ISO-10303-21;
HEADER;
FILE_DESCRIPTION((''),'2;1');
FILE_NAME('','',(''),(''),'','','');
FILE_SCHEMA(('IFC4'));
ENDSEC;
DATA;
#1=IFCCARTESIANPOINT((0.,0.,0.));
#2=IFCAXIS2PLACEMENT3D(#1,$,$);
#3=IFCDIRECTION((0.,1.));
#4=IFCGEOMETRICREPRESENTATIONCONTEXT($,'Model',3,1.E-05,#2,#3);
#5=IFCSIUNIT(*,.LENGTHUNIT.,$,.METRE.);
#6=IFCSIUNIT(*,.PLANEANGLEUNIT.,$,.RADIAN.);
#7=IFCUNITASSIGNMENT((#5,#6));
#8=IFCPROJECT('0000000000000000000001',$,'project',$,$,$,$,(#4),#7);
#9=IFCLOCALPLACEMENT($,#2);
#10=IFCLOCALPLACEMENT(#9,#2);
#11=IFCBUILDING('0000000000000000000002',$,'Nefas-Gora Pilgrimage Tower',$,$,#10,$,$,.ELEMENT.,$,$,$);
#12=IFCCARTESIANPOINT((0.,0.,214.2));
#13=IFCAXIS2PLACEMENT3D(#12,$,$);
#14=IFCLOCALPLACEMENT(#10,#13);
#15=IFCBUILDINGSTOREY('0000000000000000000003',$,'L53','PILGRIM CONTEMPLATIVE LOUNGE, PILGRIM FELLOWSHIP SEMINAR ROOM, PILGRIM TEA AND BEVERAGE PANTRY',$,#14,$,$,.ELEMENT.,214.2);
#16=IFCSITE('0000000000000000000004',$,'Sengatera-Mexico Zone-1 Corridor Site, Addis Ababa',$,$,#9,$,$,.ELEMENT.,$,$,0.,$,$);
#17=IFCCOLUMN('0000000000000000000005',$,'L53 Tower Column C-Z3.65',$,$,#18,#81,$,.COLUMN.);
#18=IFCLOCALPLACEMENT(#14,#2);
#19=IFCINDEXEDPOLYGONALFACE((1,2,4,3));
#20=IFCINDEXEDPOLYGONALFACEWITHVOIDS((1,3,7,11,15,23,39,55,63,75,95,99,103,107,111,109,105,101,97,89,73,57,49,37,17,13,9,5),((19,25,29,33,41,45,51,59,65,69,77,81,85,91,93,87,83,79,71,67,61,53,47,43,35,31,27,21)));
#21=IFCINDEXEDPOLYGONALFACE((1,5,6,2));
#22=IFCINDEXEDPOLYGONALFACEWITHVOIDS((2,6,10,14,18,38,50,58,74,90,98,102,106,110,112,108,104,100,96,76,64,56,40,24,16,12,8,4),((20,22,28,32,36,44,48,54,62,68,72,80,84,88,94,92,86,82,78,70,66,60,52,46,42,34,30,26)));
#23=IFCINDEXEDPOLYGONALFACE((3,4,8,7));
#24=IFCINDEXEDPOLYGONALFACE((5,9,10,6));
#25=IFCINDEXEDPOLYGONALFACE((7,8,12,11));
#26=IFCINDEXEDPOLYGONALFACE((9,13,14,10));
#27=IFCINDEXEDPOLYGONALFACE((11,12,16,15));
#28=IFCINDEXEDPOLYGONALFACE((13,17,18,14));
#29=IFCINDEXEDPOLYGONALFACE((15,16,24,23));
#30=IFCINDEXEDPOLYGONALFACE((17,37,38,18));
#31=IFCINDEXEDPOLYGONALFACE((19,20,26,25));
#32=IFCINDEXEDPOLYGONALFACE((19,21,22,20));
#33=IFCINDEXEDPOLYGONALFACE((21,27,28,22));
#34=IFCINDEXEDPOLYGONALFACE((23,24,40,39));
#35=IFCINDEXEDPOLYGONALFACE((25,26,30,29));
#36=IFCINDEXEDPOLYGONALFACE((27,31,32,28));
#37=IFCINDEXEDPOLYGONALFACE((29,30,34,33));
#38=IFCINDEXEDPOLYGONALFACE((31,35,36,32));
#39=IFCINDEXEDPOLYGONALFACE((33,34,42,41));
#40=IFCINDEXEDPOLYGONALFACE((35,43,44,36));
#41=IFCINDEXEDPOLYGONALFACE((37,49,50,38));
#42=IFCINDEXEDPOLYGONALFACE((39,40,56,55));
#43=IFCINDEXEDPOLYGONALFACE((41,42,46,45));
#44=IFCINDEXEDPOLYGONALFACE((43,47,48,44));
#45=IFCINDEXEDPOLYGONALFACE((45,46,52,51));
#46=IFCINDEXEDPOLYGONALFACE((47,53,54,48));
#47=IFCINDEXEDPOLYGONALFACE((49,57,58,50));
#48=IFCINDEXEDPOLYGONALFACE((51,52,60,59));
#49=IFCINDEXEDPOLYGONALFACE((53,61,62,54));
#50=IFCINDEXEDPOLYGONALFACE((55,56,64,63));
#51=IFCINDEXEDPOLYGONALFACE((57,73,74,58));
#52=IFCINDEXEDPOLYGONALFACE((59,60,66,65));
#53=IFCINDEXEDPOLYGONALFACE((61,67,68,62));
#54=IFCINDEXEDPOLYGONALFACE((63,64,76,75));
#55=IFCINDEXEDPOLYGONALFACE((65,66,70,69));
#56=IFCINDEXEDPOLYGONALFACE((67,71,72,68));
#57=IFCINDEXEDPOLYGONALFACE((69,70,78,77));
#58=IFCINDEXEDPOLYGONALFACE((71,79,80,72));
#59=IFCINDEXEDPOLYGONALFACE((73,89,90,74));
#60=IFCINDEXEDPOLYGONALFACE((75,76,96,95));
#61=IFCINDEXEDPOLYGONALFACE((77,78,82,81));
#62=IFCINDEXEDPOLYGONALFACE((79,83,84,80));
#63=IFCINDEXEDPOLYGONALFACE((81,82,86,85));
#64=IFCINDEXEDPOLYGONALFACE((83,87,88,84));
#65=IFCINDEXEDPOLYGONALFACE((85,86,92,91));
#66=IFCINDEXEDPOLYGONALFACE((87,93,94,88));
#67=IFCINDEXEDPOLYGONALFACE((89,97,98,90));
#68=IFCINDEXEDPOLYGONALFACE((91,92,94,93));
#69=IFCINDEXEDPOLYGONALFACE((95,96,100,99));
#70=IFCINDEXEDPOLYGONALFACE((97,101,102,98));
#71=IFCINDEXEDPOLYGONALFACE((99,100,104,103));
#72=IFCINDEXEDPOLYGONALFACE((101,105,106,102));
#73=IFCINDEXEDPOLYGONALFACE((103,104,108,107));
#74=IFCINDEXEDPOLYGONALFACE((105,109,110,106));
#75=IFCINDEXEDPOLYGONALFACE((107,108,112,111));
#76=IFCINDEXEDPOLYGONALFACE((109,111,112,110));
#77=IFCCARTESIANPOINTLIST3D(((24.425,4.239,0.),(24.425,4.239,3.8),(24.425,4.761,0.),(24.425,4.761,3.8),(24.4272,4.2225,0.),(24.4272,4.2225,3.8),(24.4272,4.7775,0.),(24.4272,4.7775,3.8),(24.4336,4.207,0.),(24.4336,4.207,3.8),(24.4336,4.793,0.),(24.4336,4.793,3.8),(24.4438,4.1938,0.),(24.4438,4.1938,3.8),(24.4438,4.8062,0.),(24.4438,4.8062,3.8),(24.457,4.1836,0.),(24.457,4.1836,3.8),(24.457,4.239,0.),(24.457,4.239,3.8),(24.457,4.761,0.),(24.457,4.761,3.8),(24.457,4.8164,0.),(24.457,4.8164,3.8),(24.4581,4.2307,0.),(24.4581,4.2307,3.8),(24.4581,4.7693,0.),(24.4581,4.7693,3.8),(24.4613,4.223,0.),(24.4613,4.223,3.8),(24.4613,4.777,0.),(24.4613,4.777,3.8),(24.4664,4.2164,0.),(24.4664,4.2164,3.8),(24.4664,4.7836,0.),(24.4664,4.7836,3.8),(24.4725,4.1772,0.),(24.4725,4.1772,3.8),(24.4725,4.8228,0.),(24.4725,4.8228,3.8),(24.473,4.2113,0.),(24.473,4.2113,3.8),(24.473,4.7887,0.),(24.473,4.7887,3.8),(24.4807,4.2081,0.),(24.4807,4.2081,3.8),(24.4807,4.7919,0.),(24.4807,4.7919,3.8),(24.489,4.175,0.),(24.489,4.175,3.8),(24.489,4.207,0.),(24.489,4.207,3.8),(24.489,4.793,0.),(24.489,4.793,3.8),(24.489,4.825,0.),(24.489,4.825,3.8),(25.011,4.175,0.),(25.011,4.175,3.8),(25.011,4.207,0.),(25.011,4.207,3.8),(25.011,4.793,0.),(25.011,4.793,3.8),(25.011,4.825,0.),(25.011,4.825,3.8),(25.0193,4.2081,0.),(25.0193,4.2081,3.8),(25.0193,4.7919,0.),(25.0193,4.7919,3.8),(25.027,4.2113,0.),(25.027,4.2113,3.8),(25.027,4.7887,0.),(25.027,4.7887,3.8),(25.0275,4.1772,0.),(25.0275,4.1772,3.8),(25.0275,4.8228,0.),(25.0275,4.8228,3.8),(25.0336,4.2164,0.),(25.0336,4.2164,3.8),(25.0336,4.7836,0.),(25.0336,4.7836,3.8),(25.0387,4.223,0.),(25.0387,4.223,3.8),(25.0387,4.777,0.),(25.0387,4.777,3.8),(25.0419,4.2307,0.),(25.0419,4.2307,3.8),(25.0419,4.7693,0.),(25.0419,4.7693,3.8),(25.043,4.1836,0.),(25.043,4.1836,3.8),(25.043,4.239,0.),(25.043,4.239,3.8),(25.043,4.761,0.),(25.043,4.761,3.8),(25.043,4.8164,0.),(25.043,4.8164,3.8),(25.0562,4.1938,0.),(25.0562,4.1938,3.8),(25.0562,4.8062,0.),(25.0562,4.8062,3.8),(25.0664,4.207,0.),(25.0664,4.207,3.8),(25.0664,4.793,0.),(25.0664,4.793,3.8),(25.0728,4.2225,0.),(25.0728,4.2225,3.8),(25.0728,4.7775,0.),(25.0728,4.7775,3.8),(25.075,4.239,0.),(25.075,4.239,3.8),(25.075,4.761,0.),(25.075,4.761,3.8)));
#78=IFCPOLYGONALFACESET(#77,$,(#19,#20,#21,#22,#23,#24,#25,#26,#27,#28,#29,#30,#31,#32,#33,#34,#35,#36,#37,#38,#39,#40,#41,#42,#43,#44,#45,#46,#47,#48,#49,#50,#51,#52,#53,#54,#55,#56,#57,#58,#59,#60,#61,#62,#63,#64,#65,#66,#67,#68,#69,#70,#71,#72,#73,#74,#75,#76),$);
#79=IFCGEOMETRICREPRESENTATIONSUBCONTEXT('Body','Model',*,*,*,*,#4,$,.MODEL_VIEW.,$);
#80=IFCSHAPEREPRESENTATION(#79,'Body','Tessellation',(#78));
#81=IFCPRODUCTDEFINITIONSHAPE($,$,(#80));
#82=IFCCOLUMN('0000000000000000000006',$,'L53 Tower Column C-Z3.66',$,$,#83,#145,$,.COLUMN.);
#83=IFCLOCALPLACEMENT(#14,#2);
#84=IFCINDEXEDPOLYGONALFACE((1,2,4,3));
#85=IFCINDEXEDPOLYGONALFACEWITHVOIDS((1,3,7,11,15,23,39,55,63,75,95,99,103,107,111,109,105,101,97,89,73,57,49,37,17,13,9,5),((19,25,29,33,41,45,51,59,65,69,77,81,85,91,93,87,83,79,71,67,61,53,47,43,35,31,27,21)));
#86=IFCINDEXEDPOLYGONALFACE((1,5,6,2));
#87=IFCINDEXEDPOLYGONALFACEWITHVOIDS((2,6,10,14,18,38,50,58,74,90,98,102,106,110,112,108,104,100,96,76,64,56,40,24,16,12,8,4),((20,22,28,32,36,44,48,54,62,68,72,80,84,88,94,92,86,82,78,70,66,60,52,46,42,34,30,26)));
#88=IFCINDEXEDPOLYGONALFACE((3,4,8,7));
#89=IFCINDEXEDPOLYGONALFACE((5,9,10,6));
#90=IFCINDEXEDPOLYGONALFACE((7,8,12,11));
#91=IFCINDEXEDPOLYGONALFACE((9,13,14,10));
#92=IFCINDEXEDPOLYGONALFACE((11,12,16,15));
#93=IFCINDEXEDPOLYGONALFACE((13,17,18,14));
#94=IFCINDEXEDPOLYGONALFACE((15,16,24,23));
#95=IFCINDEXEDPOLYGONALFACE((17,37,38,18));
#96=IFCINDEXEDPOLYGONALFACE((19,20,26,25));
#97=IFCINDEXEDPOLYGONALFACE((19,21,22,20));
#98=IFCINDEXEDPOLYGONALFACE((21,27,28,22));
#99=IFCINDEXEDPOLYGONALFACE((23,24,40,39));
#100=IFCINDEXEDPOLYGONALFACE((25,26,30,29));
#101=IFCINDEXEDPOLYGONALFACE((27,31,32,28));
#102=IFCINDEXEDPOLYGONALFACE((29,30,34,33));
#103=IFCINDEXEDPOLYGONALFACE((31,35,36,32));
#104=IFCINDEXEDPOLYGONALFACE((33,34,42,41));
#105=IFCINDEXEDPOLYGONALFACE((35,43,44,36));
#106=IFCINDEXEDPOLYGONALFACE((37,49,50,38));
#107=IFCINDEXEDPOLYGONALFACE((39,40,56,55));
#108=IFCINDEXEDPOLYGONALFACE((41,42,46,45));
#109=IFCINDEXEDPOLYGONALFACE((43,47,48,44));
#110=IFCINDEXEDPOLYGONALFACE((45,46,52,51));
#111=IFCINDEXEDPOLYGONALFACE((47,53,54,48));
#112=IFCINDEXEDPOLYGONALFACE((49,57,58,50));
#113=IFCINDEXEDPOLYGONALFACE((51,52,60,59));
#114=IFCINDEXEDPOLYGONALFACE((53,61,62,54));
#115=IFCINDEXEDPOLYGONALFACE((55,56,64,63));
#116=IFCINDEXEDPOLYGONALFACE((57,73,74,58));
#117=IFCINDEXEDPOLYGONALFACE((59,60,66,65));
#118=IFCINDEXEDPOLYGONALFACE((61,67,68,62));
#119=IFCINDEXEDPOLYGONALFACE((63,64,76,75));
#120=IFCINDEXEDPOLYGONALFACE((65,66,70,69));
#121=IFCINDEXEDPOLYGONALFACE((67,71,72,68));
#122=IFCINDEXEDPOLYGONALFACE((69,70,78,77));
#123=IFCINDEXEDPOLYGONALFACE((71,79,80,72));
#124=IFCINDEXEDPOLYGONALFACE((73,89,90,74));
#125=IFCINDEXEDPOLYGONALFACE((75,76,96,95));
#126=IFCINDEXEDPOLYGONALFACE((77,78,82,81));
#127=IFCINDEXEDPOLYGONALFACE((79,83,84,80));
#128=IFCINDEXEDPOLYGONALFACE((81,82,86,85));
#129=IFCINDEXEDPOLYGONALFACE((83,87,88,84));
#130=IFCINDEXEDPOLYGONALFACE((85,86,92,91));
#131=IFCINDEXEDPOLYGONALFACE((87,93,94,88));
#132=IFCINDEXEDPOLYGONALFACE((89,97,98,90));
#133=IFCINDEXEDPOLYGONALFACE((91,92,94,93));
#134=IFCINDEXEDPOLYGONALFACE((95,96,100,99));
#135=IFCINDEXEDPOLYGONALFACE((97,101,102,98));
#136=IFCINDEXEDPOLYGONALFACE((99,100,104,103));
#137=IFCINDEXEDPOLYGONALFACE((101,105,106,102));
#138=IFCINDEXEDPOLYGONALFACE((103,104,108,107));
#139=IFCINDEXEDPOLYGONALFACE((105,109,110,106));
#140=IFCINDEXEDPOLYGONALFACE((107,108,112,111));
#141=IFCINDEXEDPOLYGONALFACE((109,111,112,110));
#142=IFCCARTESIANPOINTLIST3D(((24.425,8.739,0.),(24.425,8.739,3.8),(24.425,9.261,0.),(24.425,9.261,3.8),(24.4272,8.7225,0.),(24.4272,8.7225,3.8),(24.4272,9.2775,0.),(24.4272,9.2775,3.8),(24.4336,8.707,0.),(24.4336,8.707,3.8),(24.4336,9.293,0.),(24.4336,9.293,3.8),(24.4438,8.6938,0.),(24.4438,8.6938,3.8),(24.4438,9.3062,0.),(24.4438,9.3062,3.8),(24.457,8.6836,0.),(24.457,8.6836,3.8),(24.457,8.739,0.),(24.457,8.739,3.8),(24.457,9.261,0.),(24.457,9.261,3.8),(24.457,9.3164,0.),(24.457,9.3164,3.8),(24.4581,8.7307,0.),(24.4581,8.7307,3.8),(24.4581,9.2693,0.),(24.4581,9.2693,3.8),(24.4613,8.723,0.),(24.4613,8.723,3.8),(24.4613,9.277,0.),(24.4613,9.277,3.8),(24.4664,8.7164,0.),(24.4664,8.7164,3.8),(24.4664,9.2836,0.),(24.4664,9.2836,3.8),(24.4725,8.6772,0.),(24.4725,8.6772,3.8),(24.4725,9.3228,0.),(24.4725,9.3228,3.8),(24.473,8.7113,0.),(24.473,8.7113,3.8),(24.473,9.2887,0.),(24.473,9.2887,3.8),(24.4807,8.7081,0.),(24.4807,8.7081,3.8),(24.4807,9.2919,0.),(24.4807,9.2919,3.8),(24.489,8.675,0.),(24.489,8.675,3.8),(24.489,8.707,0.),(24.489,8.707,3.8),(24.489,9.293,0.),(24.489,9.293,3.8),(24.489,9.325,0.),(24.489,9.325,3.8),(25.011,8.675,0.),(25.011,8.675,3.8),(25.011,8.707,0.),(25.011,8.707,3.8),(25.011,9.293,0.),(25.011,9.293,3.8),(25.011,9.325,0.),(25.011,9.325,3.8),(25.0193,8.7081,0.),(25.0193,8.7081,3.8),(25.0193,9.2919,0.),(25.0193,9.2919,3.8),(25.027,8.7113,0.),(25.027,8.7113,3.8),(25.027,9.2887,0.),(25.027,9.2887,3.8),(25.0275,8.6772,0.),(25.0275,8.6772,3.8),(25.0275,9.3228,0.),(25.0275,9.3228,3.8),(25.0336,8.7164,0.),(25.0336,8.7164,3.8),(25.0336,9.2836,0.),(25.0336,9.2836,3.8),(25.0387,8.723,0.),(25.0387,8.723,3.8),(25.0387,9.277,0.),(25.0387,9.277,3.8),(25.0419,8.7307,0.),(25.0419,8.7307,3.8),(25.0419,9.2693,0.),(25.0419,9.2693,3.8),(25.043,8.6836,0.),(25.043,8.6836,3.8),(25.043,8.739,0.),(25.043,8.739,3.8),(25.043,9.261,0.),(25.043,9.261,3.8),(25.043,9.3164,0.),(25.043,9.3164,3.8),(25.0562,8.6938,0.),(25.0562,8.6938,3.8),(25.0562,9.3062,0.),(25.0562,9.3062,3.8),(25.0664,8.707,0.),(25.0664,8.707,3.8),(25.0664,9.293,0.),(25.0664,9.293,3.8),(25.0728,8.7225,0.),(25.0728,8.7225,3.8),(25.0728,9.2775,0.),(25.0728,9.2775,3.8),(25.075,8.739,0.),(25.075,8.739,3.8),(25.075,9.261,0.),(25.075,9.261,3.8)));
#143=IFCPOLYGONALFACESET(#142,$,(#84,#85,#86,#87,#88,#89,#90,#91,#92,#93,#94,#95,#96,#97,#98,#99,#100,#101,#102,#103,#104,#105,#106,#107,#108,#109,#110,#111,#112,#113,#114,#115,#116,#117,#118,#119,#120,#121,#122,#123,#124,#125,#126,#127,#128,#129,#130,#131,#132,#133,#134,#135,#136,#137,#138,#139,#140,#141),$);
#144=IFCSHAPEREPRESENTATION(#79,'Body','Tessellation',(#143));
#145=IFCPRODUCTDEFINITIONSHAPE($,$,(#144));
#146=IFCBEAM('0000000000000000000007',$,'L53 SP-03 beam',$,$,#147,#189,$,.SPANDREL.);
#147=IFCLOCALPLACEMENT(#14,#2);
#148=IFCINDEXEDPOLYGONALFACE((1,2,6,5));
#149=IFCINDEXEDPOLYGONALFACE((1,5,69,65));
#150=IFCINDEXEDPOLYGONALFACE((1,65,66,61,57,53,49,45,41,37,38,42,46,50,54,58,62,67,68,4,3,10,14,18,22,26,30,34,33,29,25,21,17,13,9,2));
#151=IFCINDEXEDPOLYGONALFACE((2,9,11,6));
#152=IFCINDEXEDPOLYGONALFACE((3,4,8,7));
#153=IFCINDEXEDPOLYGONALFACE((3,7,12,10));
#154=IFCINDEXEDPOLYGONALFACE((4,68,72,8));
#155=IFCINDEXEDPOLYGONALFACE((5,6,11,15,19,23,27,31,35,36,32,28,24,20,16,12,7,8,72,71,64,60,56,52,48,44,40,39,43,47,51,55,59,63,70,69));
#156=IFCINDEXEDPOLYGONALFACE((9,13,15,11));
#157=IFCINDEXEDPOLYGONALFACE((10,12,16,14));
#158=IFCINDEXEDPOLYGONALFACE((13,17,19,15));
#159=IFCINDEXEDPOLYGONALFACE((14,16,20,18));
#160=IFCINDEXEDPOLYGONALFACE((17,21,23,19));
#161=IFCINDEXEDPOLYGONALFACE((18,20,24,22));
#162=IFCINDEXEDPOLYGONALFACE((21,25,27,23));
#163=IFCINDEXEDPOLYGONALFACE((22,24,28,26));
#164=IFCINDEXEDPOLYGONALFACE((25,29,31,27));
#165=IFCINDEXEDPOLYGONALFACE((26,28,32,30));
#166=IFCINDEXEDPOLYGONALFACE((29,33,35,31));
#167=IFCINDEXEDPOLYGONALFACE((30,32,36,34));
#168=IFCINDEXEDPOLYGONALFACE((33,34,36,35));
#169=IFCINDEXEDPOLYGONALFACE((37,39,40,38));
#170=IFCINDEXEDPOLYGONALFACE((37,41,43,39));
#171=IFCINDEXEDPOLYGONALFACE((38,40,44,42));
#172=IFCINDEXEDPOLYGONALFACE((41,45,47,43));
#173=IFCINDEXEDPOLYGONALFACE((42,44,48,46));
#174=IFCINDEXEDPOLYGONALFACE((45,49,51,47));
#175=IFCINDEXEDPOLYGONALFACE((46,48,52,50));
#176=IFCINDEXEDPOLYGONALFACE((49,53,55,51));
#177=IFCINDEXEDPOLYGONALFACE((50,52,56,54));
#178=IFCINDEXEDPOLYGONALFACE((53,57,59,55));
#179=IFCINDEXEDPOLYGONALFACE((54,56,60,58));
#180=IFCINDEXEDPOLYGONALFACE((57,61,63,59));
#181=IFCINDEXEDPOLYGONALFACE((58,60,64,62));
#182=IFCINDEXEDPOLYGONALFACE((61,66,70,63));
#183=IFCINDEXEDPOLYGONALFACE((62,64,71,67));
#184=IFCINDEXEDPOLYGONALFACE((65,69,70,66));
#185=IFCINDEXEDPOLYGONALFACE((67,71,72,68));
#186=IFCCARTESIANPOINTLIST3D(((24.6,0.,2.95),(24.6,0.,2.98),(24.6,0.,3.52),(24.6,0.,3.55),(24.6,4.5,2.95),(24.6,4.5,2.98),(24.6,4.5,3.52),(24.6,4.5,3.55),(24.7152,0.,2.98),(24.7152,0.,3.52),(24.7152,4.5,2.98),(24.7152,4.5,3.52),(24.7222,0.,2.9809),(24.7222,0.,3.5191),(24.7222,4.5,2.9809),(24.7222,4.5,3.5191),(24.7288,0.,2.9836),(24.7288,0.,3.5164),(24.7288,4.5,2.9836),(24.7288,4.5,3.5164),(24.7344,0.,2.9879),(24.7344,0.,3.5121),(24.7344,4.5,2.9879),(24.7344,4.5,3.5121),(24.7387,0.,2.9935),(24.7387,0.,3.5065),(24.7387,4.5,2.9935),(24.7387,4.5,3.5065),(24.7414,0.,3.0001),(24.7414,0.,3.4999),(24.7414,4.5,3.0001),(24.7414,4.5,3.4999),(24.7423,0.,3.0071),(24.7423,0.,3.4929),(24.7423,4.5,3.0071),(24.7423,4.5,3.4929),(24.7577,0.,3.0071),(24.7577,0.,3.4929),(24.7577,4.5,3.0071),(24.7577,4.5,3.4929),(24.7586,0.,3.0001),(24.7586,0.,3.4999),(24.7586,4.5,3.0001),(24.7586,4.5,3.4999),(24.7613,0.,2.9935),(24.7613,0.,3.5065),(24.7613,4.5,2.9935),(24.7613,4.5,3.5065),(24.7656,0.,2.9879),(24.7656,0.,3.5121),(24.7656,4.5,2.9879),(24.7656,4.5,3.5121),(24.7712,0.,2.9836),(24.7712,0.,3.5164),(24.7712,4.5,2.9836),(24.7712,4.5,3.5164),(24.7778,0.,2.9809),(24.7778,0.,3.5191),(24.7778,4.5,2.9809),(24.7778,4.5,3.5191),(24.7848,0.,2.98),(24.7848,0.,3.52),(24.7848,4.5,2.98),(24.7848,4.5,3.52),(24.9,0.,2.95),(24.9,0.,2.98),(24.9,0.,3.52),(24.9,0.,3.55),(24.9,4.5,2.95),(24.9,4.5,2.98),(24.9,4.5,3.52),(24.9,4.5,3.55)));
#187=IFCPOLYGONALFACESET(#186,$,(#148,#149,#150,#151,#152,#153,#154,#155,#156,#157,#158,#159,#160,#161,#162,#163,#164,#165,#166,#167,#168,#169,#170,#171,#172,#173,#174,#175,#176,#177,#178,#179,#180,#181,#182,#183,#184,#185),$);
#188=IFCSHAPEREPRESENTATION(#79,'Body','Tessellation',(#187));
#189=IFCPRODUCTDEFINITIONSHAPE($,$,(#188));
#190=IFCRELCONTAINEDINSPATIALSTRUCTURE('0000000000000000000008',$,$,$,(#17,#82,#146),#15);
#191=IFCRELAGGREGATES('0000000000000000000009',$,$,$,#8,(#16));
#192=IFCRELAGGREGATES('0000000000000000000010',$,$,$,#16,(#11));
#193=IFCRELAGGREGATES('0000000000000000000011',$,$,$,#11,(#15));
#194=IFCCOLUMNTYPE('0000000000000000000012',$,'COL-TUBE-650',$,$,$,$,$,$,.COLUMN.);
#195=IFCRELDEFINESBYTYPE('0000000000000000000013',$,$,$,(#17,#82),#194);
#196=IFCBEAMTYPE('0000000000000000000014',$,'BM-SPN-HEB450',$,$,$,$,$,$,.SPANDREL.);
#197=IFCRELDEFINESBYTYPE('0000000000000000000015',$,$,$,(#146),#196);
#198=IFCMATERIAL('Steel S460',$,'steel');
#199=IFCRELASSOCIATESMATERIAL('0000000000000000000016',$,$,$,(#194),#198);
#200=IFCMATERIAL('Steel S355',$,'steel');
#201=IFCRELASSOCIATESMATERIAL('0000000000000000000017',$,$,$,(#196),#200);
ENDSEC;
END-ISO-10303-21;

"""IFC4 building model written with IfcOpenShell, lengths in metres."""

from ifc_helpers import new_model, si_unit, direction, frame, origin, origin_2d, place, context, subcontext, project, spatial, hollow_rectangle, i_section, extrude, source, transform, mapped, material, material_profile, profile_set, type_object, element, save


model = new_model("IFC4")

# Units and contexts
model_context = context("Model", 3, precision=1e-05, world=origin(), true_north=direction((0.0, 1.0)))
body_context = subcontext(model_context, "Body", "Model", "MODEL_VIEW")
ifc_project = project(units=[si_unit("LENGTHUNIT", "METRE"), si_unit("PLANEANGLEUNIT", "RADIAN")], contexts=[model_context])

# Site, building, storey
site_placement = place(None, origin())
site = spatial("IfcSite", under=ifc_project, at=site_placement, Name="Sengatera-Mexico Zone-1 Corridor Site, Addis Ababa", CompositionType="ELEMENT", RefElevation=0.0)
building_placement = place(site_placement, origin())
building = spatial("IfcBuilding", under=site, at=building_placement, Name="Nefas-Gora Pilgrimage Tower", CompositionType="ELEMENT")
storey_placement = place(building_placement, frame((0.0, 0.0, 214.2)))
storey = spatial("IfcBuildingStorey", under=building, at=storey_placement, Name="L53", Description="PILGRIM CONTEMPLATIVE LOUNGE, PILGRIM FELLOWSHIP SEMINAR ROOM, PILGRIM TEA AND BEVERAGE PANTRY", CompositionType="ELEMENT", Elevation=214.2)

# Columns
ifc_material_1 = material(Name="Steel S460", Category="steel")
ifc_material_profile_1 = material_profile(ifc_material_1, hollow_rectangle(XDim=0.6499, YDim=0.6499, WallThickness=0.032, InnerFilletRadius=0.032, OuterFilletRadius=0.064, at=origin_2d()), Name="BOX 650x650x32")
ifc_profile_set_1 = profile_set([ifc_material_profile_1], Name="Steel S460")
column_type_1 = type_object("IfcColumnType", Name="COL-TUBE-650", PredefinedType="COLUMN", material=ifc_profile_set_1)
shared_shape_1 = source(origin(), body_context, "Body", "SweptSolid", [
    extrude(hollow_rectangle(XDim=0.6499, YDim=0.6499, WallThickness=0.032, InnerFilletRadius=0.032, OuterFilletRadius=0.064, at=origin_2d()), origin(), (0.0, 0.0, 1.0), 3.8),
])
for number, where, z_axis, x_axis, name in (
    (1, (24.75, 4.5, 0.0), (0.0, 0.0, 1.0), (1.0, 0.0, 0.0), "L53 Tower Column C-Z3.65"),
    (2, (24.75, 9.0, 0.0), (0.0, 0.0, 1.0), (1.0, 0.0, 0.0), "L53 Tower Column C-Z3.66"),
):
    element("IfcColumn", number, at=place(storey_placement, frame(where, z_axis=z_axis, x_axis=x_axis)), inside=storey, type_object=column_type_1, Name=name, PredefinedType="COLUMN", context=body_context, shape_type="MappedRepresentation", body=[
        mapped(shared_shape_1, transform((0.0, 0.0, 0.0), x_axis=(1.0, 0.0, 0.0), y_axis=(0.0, 1.0, 0.0), z_axis=(0.0, 0.0, 1.0), scale=1.0)),
    ])

# Beam
ifc_material_2 = material(Name="Steel S355", Category="steel")
ifc_material_profile_2 = material_profile(ifc_material_2, i_section(OverallWidth=0.3, OverallDepth=0.6001, WebThickness=0.0154, FlangeThickness=0.03, FilletRadius=0.0271, at=origin_2d()), Name="HEB 600")
ifc_profile_set_2 = profile_set([ifc_material_profile_2], Name="Steel S355")
beam_type_1 = type_object("IfcBeamType", Name="BM-SPN-HEB450", PredefinedType="SPANDREL", material=ifc_profile_set_2)
shared_shape_2 = source(origin(), body_context, "Body", "SweptSolid", [
    extrude(i_section(OverallWidth=0.3, OverallDepth=0.6001, WebThickness=0.0154, FlangeThickness=0.03, FilletRadius=0.0271, at=origin_2d()), origin(), (0.0, 0.0, 1.0), 4.5),
])
for number, where, z_axis, x_axis, name in (
    (3, (24.75, 0.0, 3.25), (0.0, 1.0, 0.0), (-1.0, 0.0, 0.0), "L53 SP-03 beam"),
):
    element("IfcBeam", number, at=place(storey_placement, frame(where, z_axis=z_axis, x_axis=x_axis)), inside=storey, type_object=beam_type_1, Name=name, PredefinedType="SPANDREL", context=body_context, shape_type="MappedRepresentation", body=[
        mapped(shared_shape_2, transform((0.0, 0.0, 0.0), x_axis=(1.0, 0.0, 0.0), y_axis=(0.0, 1.0, 0.0), z_axis=(0.0, 0.0, 1.0), scale=1.0)),
    ])

save(model, "model.ifc")
